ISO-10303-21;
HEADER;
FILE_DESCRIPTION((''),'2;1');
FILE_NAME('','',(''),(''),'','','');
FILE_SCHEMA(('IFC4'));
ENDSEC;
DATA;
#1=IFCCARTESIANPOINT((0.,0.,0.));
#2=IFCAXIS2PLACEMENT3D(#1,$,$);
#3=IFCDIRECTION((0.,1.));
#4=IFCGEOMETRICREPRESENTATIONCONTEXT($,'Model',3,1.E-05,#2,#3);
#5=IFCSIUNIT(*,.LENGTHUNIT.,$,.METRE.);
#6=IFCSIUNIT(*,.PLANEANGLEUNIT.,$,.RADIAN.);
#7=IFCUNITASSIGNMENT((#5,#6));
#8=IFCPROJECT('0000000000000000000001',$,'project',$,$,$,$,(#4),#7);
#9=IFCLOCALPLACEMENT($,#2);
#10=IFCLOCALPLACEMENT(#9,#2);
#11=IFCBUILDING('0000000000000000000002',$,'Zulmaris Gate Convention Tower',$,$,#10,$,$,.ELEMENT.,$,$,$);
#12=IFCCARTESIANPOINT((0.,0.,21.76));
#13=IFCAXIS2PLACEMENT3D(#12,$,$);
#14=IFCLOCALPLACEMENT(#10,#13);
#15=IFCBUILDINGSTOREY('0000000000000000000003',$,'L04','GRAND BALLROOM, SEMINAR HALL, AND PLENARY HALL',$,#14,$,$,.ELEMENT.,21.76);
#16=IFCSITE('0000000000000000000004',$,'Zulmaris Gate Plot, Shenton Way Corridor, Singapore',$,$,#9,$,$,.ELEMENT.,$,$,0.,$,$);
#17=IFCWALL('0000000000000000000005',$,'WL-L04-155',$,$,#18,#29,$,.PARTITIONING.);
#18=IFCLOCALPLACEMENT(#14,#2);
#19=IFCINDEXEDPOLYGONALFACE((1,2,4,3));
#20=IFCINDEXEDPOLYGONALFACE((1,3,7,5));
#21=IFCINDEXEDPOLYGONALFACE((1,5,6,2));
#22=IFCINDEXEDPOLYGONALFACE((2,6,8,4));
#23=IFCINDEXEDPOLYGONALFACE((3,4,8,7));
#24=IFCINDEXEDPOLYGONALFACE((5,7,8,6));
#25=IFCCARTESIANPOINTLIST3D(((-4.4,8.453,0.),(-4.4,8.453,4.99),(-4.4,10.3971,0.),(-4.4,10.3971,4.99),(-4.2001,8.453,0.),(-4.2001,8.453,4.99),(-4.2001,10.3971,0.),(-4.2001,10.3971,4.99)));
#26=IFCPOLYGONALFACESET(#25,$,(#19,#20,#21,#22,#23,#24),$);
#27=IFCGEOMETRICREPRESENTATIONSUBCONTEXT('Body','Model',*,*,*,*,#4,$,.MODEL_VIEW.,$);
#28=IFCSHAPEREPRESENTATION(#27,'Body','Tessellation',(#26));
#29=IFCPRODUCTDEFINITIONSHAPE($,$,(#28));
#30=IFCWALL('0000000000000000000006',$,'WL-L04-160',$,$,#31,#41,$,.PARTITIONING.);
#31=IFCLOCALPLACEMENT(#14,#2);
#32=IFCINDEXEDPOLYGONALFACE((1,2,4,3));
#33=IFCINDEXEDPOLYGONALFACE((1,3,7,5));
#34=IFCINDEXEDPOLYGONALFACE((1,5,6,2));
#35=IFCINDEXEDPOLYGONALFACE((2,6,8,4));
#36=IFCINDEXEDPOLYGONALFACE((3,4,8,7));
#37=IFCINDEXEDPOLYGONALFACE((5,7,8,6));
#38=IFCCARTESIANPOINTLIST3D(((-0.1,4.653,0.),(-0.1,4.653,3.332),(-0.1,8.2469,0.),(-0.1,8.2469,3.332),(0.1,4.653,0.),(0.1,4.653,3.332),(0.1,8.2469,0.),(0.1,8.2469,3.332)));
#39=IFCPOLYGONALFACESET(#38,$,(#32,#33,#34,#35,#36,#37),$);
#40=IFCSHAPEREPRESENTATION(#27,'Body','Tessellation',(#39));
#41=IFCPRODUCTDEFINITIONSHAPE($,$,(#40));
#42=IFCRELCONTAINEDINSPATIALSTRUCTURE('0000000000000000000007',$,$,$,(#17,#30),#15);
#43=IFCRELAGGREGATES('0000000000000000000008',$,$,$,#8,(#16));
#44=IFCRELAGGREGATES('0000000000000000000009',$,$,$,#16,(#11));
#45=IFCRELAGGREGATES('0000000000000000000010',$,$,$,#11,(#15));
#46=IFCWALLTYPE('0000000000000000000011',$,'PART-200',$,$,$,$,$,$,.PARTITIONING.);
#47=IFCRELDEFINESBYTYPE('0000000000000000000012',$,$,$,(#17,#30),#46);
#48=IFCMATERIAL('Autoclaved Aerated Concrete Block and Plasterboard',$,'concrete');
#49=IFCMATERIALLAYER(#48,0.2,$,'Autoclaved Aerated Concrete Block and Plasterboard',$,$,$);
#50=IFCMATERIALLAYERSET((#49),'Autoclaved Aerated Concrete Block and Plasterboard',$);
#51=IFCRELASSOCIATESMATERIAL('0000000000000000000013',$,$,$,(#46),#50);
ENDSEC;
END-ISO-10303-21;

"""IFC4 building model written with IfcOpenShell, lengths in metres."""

from ifc_helpers import new_model, si_unit, direction, frame, frame_2d, origin, place, context, subcontext, project, spatial, rectangle, extrude, material, layer, layer_set, type_object, element, save


model = new_model("IFC4")

# Units and contexts
model_context = context("Model", 3, precision=1e-05, world=origin(), true_north=direction((0.0, 1.0)))
body_context = subcontext(model_context, "Body", "Model", "MODEL_VIEW")
ifc_project = project(units=[si_unit("LENGTHUNIT", "METRE"), si_unit("PLANEANGLEUNIT", "RADIAN")], contexts=[model_context])

# Site, building, storey
site_placement = place(None, origin())
site = spatial("IfcSite", under=ifc_project, at=site_placement, Name="Zulmaris Gate Plot, Shenton Way Corridor, Singapore", CompositionType="ELEMENT", RefElevation=0.0)
building_placement = place(site_placement, origin())
building = spatial("IfcBuilding", under=site, at=building_placement, Name="Zulmaris Gate Convention Tower", CompositionType="ELEMENT")
storey_placement = place(building_placement, frame((0.0, 0.0, 21.76)))
storey = spatial("IfcBuildingStorey", under=building, at=storey_placement, Name="L04", Description="GRAND BALLROOM, SEMINAR HALL, AND PLENARY HALL", CompositionType="ELEMENT", Elevation=21.76)

# Shared definitions
ifc_material_1 = material(Name="Autoclaved Aerated Concrete Block and Plasterboard", Category="concrete")
ifc_layer_1 = layer(ifc_material_1, 0.2, Name="Autoclaved Aerated Concrete Block and Plasterboard")
ifc_layer_set_1 = layer_set([ifc_layer_1], Name="Autoclaved Aerated Concrete Block and Plasterboard")
wall_type_1 = type_object("IfcWallType", Name="PART-200", PredefinedType="PARTITIONING", material=ifc_layer_set_1)

# Walls
wall_1_placement = place(storey_placement, frame((-4.3, 8.4529, 0.0), z_axis=(0.0, 0.0, 1.0), x_axis=(0.0, 1.0, 0.0)))
element("IfcWall", 1, at=wall_1_placement, inside=storey, type_object=wall_type_1, Name="WL-L04-155", PredefinedType="PARTITIONING", context=body_context, shape_type="SweptSolid", body=[
    extrude(rectangle(XDim=1.9441, YDim=0.2, at=frame_2d((0.9722, 0.0))), origin(), (0.0, 0.0, 1.0), 4.99),
])
wall_2_placement = place(storey_placement, frame((0.0, 4.6531, 0.0), z_axis=(0.0, 0.0, 1.0), x_axis=(0.0, 1.0, 0.0)))
element("IfcWall", 2, at=wall_2_placement, inside=storey, type_object=wall_type_1, Name="WL-L04-160", PredefinedType="PARTITIONING", context=body_context, shape_type="SweptSolid", body=[
    extrude(rectangle(XDim=3.594, YDim=0.2, at=frame_2d((1.7969, 0.0))), origin(), (0.0, 0.0, 1.0), 3.332),
])

save(model, "model.ifc")
